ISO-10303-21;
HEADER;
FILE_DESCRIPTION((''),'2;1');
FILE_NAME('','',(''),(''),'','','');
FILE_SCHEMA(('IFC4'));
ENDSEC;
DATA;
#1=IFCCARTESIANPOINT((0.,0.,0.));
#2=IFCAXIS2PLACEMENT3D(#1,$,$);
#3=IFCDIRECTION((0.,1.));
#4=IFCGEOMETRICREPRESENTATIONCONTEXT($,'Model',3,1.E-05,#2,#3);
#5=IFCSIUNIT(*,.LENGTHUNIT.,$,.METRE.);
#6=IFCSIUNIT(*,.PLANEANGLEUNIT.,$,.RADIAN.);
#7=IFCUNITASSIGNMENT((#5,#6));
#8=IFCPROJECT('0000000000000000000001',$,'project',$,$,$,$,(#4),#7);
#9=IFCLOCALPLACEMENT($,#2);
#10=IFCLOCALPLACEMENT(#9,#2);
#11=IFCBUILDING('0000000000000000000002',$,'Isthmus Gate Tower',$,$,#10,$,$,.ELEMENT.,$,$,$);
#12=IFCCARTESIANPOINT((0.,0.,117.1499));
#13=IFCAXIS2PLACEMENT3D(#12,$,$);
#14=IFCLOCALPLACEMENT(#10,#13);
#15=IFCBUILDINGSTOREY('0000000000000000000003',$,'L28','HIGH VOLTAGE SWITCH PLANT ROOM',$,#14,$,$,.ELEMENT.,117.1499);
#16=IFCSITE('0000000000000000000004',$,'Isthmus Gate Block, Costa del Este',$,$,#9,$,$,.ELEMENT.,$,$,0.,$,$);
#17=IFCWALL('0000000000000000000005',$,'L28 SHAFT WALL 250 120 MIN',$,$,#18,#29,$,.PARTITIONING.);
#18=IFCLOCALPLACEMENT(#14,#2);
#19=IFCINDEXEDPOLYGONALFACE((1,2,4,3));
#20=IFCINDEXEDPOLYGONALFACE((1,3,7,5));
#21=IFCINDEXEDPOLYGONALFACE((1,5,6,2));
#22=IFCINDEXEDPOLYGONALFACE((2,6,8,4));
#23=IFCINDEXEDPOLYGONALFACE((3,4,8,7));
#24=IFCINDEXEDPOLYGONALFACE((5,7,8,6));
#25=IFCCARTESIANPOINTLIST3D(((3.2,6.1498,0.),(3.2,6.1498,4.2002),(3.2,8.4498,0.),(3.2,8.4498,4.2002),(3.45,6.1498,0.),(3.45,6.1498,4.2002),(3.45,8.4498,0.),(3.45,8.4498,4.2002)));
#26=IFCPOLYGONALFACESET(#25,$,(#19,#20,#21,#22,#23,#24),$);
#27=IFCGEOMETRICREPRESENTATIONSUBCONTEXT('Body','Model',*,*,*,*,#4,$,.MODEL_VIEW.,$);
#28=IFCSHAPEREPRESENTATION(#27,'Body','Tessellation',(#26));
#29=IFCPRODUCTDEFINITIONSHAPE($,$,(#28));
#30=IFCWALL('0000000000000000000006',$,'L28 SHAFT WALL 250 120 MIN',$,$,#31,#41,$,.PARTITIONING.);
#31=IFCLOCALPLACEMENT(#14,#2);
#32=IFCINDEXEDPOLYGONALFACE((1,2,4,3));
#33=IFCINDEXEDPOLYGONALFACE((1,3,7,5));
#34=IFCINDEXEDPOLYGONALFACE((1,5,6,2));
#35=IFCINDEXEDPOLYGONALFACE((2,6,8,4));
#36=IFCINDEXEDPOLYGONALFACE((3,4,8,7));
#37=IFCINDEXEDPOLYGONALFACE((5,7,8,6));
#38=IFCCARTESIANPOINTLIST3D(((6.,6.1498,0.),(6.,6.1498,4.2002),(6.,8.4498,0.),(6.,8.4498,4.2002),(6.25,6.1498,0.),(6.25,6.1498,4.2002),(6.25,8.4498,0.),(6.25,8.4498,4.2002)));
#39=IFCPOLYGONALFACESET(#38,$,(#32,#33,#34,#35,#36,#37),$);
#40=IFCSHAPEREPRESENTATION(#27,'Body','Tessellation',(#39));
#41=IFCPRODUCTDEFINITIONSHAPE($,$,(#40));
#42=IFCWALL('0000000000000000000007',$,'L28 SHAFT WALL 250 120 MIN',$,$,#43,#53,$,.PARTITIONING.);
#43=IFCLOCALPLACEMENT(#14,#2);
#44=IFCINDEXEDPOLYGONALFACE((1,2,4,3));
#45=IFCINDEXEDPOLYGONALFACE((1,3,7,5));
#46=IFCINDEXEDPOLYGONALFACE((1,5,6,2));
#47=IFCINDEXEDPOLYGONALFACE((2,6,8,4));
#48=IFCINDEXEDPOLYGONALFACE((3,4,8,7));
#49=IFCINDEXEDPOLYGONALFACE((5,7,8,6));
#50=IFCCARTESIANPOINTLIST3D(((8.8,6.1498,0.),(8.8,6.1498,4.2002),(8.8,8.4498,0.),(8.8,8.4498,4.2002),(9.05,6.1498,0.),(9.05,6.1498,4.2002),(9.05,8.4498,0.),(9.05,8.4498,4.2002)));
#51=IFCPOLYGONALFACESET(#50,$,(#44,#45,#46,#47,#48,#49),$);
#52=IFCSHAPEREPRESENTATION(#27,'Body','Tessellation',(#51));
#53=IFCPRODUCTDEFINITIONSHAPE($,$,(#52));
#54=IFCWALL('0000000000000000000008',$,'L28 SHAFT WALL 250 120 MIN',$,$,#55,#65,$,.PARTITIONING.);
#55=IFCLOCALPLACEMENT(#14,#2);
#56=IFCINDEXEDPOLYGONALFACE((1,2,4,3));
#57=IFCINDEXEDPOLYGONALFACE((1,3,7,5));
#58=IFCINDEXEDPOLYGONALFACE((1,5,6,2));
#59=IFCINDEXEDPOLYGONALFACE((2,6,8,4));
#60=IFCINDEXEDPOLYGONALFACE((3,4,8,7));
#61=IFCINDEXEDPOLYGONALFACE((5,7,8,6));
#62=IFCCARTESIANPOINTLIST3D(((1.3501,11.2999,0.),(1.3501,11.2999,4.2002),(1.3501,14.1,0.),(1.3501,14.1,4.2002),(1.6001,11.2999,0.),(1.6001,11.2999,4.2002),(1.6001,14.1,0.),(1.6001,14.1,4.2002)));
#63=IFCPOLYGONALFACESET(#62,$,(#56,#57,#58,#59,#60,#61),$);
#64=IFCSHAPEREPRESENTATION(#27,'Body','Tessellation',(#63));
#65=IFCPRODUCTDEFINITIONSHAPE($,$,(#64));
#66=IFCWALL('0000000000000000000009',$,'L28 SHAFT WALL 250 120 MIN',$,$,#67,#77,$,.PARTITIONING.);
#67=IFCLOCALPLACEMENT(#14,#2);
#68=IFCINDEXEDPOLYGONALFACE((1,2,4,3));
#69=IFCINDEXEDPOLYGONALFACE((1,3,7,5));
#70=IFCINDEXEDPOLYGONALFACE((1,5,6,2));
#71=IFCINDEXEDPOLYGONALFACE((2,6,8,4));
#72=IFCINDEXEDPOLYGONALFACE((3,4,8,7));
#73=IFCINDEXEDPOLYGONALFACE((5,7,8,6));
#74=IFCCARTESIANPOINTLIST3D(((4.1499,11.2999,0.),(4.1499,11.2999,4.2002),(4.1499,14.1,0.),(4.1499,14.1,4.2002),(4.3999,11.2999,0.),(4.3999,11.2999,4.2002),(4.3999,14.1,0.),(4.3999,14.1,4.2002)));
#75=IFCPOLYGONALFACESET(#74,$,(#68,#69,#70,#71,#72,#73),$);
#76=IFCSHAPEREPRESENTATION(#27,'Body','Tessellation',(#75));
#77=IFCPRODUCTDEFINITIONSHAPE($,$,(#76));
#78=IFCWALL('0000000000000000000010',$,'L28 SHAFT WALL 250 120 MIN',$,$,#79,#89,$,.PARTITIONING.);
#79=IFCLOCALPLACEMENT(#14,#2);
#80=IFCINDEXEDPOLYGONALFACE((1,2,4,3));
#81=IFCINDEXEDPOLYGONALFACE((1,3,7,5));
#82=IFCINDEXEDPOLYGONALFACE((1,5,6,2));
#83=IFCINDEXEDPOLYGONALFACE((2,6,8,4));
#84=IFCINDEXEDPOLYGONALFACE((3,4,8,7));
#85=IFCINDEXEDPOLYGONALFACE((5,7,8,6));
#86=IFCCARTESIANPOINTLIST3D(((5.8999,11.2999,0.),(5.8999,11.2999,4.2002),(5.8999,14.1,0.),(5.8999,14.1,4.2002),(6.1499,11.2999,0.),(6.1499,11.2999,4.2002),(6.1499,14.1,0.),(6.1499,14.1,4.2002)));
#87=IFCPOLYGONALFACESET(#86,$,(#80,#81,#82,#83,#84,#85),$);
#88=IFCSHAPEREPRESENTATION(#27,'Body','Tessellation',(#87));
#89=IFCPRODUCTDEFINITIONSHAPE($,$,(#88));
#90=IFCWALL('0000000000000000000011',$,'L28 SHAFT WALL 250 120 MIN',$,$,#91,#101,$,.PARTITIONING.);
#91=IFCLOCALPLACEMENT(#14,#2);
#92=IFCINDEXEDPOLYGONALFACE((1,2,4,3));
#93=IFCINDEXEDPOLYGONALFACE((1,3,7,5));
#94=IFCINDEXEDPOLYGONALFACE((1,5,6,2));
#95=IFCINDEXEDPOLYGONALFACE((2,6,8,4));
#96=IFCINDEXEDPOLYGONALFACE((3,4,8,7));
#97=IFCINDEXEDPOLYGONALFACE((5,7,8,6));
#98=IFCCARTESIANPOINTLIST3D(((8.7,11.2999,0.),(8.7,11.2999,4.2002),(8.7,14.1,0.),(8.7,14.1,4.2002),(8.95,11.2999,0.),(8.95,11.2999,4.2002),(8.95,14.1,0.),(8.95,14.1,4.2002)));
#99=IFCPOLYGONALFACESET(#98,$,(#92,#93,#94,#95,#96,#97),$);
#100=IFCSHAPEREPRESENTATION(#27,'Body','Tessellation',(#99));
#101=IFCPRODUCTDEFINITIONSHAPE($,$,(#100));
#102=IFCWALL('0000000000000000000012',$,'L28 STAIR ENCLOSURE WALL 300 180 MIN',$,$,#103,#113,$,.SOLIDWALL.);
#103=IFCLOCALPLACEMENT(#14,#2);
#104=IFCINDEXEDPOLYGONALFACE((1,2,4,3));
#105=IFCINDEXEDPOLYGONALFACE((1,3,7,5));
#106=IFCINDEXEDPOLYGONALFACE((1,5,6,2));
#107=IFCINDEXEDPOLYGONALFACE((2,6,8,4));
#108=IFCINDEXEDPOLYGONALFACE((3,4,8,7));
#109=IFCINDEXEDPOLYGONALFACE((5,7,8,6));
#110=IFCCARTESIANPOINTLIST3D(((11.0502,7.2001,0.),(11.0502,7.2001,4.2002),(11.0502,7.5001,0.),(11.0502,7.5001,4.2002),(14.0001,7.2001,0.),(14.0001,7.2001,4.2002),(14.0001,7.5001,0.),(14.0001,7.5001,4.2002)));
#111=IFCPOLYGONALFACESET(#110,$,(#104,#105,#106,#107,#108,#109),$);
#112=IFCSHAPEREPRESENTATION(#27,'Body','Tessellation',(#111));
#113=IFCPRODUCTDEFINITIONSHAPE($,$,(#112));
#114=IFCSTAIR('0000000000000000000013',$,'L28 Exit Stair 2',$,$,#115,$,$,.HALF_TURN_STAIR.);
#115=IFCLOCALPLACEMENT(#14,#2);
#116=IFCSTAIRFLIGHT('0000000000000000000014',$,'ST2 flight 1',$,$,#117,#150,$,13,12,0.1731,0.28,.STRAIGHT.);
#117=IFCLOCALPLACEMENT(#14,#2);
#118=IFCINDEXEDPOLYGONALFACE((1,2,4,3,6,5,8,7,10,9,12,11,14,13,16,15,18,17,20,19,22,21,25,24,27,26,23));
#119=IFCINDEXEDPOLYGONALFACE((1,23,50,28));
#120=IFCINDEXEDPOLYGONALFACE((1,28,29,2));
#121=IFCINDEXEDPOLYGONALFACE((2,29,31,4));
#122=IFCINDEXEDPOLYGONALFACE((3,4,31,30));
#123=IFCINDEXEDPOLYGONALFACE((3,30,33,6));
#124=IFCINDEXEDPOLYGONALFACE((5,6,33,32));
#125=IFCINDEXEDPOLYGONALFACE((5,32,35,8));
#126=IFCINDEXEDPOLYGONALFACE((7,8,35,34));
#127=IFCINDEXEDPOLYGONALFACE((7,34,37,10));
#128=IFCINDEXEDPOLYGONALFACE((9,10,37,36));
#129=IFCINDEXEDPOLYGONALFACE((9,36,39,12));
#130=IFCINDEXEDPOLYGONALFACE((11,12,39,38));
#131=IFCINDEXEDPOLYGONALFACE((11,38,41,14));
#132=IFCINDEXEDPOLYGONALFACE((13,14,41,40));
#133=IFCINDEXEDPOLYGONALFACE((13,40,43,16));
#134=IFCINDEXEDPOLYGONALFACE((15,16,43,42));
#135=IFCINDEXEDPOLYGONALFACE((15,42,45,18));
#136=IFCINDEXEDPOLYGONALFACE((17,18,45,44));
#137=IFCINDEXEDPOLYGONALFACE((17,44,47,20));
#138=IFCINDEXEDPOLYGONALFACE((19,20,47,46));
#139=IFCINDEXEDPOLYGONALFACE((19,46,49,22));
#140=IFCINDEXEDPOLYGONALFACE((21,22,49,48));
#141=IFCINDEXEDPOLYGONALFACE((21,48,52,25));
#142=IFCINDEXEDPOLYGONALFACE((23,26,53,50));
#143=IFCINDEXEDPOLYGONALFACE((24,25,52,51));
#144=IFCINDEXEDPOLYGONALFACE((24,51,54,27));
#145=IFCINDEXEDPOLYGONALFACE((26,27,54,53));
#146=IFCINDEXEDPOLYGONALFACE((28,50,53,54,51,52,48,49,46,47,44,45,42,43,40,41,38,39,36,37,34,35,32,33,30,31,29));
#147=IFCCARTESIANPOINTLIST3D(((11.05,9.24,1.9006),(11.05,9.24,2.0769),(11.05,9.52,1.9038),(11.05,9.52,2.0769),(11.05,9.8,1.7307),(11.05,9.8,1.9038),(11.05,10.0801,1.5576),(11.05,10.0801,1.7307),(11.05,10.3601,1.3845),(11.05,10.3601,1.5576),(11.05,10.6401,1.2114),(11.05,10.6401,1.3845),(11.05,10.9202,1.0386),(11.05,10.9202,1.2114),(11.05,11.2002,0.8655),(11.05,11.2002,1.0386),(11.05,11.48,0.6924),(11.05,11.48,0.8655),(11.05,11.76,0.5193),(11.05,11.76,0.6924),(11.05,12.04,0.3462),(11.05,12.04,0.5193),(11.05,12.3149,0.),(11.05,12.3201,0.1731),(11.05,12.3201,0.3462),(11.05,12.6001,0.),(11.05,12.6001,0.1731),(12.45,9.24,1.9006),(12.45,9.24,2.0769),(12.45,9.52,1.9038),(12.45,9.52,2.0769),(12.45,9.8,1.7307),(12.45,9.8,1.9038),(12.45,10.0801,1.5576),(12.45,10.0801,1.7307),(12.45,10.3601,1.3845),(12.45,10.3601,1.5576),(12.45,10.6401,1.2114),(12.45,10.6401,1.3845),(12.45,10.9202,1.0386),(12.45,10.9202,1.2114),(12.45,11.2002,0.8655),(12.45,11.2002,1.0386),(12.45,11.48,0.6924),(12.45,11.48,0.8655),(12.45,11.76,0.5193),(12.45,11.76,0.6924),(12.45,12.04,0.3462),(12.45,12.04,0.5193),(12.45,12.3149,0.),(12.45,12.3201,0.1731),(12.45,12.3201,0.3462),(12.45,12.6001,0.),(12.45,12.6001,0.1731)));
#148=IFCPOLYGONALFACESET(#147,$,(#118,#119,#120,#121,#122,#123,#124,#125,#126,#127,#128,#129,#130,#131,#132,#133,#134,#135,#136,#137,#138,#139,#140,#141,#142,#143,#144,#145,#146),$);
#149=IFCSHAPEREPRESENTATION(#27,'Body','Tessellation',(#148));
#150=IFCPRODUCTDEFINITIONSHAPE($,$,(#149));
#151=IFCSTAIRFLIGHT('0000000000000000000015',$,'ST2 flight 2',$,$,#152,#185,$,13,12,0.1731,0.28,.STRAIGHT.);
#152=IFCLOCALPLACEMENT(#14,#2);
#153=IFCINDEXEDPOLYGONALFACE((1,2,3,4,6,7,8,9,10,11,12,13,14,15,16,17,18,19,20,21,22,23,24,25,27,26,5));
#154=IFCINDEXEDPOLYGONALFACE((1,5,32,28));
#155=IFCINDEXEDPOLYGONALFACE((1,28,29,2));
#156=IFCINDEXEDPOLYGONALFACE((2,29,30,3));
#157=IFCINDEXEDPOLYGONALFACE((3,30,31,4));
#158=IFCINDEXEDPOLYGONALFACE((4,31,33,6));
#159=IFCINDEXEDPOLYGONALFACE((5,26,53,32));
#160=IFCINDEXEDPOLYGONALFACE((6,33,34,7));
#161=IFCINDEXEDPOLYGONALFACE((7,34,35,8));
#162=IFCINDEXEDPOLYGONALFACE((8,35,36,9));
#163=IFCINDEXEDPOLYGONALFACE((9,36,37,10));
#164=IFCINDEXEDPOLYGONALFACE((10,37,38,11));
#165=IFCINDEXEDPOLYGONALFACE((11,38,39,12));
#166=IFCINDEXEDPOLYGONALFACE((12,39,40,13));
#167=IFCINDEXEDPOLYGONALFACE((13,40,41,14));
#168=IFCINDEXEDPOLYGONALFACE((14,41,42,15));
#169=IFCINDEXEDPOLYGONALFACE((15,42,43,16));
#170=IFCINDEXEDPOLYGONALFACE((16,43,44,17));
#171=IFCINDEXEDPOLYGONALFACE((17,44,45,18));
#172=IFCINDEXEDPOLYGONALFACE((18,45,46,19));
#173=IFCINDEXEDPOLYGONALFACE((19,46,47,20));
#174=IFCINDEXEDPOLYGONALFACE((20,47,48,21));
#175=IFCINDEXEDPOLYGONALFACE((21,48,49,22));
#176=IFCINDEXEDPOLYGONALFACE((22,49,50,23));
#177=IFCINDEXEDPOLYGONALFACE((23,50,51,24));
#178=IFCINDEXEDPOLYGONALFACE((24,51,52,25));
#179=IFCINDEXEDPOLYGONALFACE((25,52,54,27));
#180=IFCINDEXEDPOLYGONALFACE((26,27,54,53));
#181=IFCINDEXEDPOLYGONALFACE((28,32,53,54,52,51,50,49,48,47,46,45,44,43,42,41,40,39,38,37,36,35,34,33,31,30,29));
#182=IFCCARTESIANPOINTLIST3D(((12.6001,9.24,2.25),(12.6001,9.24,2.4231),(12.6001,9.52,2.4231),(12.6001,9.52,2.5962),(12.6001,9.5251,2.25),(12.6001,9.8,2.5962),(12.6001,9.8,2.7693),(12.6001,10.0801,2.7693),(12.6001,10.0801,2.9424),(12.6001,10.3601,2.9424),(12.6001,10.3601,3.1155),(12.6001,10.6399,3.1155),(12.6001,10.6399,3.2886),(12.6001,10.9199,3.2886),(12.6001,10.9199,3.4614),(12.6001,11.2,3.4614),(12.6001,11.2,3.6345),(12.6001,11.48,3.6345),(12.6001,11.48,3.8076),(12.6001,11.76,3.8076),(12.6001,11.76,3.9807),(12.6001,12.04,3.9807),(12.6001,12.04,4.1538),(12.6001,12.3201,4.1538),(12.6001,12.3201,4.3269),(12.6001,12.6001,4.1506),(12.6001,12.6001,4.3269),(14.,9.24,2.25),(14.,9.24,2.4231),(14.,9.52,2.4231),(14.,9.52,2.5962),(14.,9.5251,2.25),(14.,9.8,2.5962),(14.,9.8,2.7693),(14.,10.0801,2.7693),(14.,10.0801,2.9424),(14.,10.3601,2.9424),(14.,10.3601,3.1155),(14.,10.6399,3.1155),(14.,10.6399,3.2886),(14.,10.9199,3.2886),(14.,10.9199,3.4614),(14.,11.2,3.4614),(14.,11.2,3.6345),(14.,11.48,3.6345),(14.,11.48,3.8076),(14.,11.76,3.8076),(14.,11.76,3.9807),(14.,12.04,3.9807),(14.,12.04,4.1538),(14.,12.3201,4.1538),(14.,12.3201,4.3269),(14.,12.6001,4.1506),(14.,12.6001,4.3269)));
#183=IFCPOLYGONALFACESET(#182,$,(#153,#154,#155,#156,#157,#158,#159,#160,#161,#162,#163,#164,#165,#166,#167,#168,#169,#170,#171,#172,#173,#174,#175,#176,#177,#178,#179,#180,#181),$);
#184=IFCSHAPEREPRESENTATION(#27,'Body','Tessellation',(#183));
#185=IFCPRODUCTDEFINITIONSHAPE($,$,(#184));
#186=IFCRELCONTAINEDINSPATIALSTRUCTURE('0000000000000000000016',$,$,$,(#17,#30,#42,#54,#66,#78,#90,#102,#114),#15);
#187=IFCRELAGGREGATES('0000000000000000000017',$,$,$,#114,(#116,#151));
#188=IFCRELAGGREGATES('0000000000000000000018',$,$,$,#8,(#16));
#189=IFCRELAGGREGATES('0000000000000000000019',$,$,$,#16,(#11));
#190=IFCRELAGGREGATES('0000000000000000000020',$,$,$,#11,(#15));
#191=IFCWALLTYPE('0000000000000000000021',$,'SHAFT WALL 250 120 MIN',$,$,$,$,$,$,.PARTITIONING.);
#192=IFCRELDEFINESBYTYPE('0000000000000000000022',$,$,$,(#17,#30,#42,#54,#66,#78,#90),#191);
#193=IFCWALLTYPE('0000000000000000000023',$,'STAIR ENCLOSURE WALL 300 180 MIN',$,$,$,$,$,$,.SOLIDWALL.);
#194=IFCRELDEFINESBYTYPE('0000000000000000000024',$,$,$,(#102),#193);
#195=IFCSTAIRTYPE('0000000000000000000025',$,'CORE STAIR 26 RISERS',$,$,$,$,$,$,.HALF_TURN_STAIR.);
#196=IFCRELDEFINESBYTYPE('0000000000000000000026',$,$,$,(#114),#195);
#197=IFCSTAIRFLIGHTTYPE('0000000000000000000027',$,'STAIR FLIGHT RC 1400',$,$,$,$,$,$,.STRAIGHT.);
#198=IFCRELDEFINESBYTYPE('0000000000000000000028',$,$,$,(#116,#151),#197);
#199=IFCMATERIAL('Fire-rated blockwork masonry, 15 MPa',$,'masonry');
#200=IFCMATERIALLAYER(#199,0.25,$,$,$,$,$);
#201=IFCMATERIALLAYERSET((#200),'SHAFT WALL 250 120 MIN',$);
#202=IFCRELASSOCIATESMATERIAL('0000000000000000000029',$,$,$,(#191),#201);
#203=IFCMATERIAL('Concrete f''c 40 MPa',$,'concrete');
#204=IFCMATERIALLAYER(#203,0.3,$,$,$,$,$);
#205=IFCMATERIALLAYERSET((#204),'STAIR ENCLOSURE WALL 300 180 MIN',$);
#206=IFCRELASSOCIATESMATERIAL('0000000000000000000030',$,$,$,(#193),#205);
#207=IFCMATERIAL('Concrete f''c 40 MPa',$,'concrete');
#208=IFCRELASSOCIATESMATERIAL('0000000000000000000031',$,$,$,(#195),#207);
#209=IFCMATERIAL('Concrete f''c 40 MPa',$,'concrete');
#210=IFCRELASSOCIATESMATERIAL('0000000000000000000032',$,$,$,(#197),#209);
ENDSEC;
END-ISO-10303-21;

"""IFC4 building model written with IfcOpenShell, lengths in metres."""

from ifc_helpers import new_model, si_unit, direction, frame, frame_2d, origin, place, context, subcontext, project, spatial, polyline, rectangle, outline, extrude, material, layer, layer_set, type_object, element, aggregate, save


model = new_model("IFC4")

# Units and contexts
model_context = context("Model", 3, precision=1e-05, world=origin(), true_north=direction((0.0, 1.0)))
body_context = subcontext(model_context, "Body", "Model", "MODEL_VIEW")
ifc_project = project(units=[si_unit("LENGTHUNIT", "METRE"), si_unit("PLANEANGLEUNIT", "RADIAN")], contexts=[model_context])

# Site, building, storey
site_placement = place(None, origin())
site = spatial("IfcSite", under=ifc_project, at=site_placement, Name="Isthmus Gate Block, Costa del Este", CompositionType="ELEMENT", RefElevation=0.0)
building_placement = place(site_placement, origin())
building = spatial("IfcBuilding", under=site, at=building_placement, Name="Isthmus Gate Tower", CompositionType="ELEMENT")
storey_placement = place(building_placement, frame((0.0, 0.0, 117.1499)))
storey = spatial("IfcBuildingStorey", under=building, at=storey_placement, Name="L28", Description="HIGH VOLTAGE SWITCH PLANT ROOM", CompositionType="ELEMENT", Elevation=117.1499)

# Walls
ifc_material_1 = material(Name="Fire-rated blockwork masonry, 15 MPa", Category="masonry")
ifc_layer_1 = layer(ifc_material_1, 0.25)
ifc_layer_set_1 = layer_set([ifc_layer_1], Name="SHAFT WALL 250 120 MIN")
wall_type_1 = type_object("IfcWallType", Name="SHAFT WALL 250 120 MIN", PredefinedType="PARTITIONING", material=ifc_layer_set_1)
for number, where, z_axis, x_axis, name in (
    (1, (3.325, 6.1499, 0.0), (0.0, 0.0, 1.0), (0.0, 1.0, 0.0), "L28 SHAFT WALL 250 120 MIN"),
    (2, (6.125, 6.1499, 0.0), (0.0, 0.0, 1.0), (0.0, 1.0, 0.0), "L28 SHAFT WALL 250 120 MIN"),
    (3, (8.925, 6.1499, 0.0), (0.0, 0.0, 1.0), (0.0, 1.0, 0.0), "L28 SHAFT WALL 250 120 MIN"),
):
    element("IfcWall", number, at=place(storey_placement, frame(where, z_axis=z_axis, x_axis=x_axis)), inside=storey, type_object=wall_type_1, Name=name, PredefinedType="PARTITIONING", context=body_context, shape_type="SweptSolid", body=[
        extrude(rectangle(XDim=2.3, YDim=0.25, at=frame_2d((1.1499, 0.0))), origin(), (0.0, 0.0, 1.0), 4.2002),
    ])
for number, where, z_axis, x_axis, name in (
    (4, (1.4751, 11.3, 0.0), (0.0, 0.0, 1.0), (0.0, 1.0, 0.0), "L28 SHAFT WALL 250 120 MIN"),
    (5, (4.2749, 11.3, 0.0), (0.0, 0.0, 1.0), (0.0, 1.0, 0.0), "L28 SHAFT WALL 250 120 MIN"),
    (6, (6.0249, 11.3, 0.0), (0.0, 0.0, 1.0), (0.0, 1.0, 0.0), "L28 SHAFT WALL 250 120 MIN"),
    (7, (8.825, 11.3, 0.0), (0.0, 0.0, 1.0), (0.0, 1.0, 0.0), "L28 SHAFT WALL 250 120 MIN"),
):
    element("IfcWall", number, at=place(storey_placement, frame(where, z_axis=z_axis, x_axis=x_axis)), inside=storey, type_object=wall_type_1, Name=name, PredefinedType="PARTITIONING", context=body_context, shape_type="SweptSolid", body=[
        extrude(rectangle(XDim=2.8, YDim=0.25, at=frame_2d((1.3999, 0.0))), origin(), (0.0, 0.0, 1.0), 4.2002),
    ])
ifc_material_2 = material(Name="Concrete f'c 40 MPa", Category="concrete")
ifc_layer_2 = layer(ifc_material_2, 0.3)
ifc_layer_set_2 = layer_set([ifc_layer_2], Name="STAIR ENCLOSURE WALL 300 180 MIN")
wall_type_2 = type_object("IfcWallType", Name="STAIR ENCLOSURE WALL 300 180 MIN", PredefinedType="SOLIDWALL", material=ifc_layer_set_2)
wall_1_placement = place(storey_placement, frame((11.05, 7.3501, 0.0), z_axis=(0.0, 0.0, 1.0), x_axis=(1.0, 0.0, 0.0)))
element("IfcWall", 8, at=wall_1_placement, inside=storey, type_object=wall_type_2, Name="L28 STAIR ENCLOSURE WALL 300 180 MIN", PredefinedType="SOLIDWALL", context=body_context, shape_type="SweptSolid", body=[
    extrude(rectangle(XDim=2.95, YDim=0.3, at=frame_2d((1.4751, 0.0))), origin(), (0.0, 0.0, 1.0), 4.2002),
])

# Stair, stair flights
ifc_material_3 = material(Name="Concrete f'c 40 MPa", Category="concrete")
stair_type = type_object("IfcStairType", Name="CORE STAIR 26 RISERS", PredefinedType="HALF_TURN_STAIR", material=ifc_material_3)
stair_1_placement = place(storey_placement, origin())
stair_1 = element("IfcStair", 9, at=stair_1_placement, inside=storey, type_object=stair_type, Name="L28 Exit Stair 2", PredefinedType="HALF_TURN_STAIR")
ifc_material_4 = material(Name="Concrete f'c 40 MPa", Category="concrete")
stair_flight_type = type_object("IfcStairFlightType", Name="STAIR FLIGHT RC 1400", PredefinedType="STRAIGHT", material=ifc_material_4)
stair_flight_1_placement = place(storey_placement, frame((11.75, 12.6001, 0.0), z_axis=(0.0, 0.0, 1.0), x_axis=(0.0, -1.0, 0.0)))
stair_flight_1 = element("IfcStairFlight", 10, at=stair_flight_1_placement, type_object=stair_flight_type, Name="ST2 flight 1", NumberOfRisers=13, NumberOfTreads=12, PredefinedType="STRAIGHT", RiserHeight=0.1731, TreadLength=0.28, context=body_context, shape_type="SweptSolid", body=[
    extrude(outline(polyline([(0.0, 0.0), (0.0, 0.1731), (0.28, 0.1731), (0.28, 0.3462), (0.5601, 0.3462), (0.5601, 0.5193), (0.8401, 0.5193), (0.8401, 0.6924), (1.1201, 0.6924), (1.1201, 0.8655), (1.3999, 0.8655), (1.3999, 1.0386), (1.6799, 1.0386), (1.6799, 1.2114), (1.96, 1.2114), (1.96, 1.3845), (2.24, 1.3845), (2.24, 1.5576), (2.52, 1.5576), (2.52, 1.7307), (2.8, 1.7307), (2.8, 1.9038), (3.0801, 1.9038), (3.0801, 2.0769), (3.3601, 2.0769), (3.3601, 2.25), (3.3601, 1.9006), (0.2852, 0.0), (0.0, 0.0)])), frame((0.0, 0.7, 0.0), z_axis=(0.0, -1.0, 0.0), x_axis=(1.0, 0.0, 0.0)), (0.0, 0.0, 1.0), 1.3999),
])
stair_flight_2_placement = place(storey_placement, frame((13.3, 9.24, 2.25), z_axis=(0.0, 0.0, 1.0), x_axis=(0.0, 1.0, 0.0)))
stair_flight_2 = element("IfcStairFlight", 11, at=stair_flight_2_placement, type_object=stair_flight_type, Name="ST2 flight 2", NumberOfRisers=13, NumberOfTreads=12, PredefinedType="STRAIGHT", RiserHeight=0.1731, TreadLength=0.28, context=body_context, shape_type="SweptSolid", body=[
    extrude(outline(polyline([(0.0, 0.0), (0.0, 0.1731), (0.28, 0.1731), (0.28, 0.3462), (0.5601, 0.3462), (0.5601, 0.5193), (0.8401, 0.5193), (0.8401, 0.6924), (1.1201, 0.6924), (1.1201, 0.8655), (1.3999, 0.8655), (1.3999, 1.0386), (1.6799, 1.0386), (1.6799, 1.2114), (1.96, 1.2114), (1.96, 1.3845), (2.24, 1.3845), (2.24, 1.5576), (2.52, 1.5576), (2.52, 1.7307), (2.8, 1.7307), (2.8, 1.9038), (3.0801, 1.9038), (3.0801, 2.0769), (3.3601, 2.0769), (3.3601, 2.25), (3.3601, 1.9006), (0.2852, 0.0), (0.0, 0.0)])), frame((0.0, 0.7, 0.0), z_axis=(0.0, -1.0, 0.0), x_axis=(1.0, 0.0, 0.0)), (0.0, 0.0, 1.0), 1.3999),
])
aggregate(stair_1, [stair_flight_1, stair_flight_2])

save(model, "model.ifc")
